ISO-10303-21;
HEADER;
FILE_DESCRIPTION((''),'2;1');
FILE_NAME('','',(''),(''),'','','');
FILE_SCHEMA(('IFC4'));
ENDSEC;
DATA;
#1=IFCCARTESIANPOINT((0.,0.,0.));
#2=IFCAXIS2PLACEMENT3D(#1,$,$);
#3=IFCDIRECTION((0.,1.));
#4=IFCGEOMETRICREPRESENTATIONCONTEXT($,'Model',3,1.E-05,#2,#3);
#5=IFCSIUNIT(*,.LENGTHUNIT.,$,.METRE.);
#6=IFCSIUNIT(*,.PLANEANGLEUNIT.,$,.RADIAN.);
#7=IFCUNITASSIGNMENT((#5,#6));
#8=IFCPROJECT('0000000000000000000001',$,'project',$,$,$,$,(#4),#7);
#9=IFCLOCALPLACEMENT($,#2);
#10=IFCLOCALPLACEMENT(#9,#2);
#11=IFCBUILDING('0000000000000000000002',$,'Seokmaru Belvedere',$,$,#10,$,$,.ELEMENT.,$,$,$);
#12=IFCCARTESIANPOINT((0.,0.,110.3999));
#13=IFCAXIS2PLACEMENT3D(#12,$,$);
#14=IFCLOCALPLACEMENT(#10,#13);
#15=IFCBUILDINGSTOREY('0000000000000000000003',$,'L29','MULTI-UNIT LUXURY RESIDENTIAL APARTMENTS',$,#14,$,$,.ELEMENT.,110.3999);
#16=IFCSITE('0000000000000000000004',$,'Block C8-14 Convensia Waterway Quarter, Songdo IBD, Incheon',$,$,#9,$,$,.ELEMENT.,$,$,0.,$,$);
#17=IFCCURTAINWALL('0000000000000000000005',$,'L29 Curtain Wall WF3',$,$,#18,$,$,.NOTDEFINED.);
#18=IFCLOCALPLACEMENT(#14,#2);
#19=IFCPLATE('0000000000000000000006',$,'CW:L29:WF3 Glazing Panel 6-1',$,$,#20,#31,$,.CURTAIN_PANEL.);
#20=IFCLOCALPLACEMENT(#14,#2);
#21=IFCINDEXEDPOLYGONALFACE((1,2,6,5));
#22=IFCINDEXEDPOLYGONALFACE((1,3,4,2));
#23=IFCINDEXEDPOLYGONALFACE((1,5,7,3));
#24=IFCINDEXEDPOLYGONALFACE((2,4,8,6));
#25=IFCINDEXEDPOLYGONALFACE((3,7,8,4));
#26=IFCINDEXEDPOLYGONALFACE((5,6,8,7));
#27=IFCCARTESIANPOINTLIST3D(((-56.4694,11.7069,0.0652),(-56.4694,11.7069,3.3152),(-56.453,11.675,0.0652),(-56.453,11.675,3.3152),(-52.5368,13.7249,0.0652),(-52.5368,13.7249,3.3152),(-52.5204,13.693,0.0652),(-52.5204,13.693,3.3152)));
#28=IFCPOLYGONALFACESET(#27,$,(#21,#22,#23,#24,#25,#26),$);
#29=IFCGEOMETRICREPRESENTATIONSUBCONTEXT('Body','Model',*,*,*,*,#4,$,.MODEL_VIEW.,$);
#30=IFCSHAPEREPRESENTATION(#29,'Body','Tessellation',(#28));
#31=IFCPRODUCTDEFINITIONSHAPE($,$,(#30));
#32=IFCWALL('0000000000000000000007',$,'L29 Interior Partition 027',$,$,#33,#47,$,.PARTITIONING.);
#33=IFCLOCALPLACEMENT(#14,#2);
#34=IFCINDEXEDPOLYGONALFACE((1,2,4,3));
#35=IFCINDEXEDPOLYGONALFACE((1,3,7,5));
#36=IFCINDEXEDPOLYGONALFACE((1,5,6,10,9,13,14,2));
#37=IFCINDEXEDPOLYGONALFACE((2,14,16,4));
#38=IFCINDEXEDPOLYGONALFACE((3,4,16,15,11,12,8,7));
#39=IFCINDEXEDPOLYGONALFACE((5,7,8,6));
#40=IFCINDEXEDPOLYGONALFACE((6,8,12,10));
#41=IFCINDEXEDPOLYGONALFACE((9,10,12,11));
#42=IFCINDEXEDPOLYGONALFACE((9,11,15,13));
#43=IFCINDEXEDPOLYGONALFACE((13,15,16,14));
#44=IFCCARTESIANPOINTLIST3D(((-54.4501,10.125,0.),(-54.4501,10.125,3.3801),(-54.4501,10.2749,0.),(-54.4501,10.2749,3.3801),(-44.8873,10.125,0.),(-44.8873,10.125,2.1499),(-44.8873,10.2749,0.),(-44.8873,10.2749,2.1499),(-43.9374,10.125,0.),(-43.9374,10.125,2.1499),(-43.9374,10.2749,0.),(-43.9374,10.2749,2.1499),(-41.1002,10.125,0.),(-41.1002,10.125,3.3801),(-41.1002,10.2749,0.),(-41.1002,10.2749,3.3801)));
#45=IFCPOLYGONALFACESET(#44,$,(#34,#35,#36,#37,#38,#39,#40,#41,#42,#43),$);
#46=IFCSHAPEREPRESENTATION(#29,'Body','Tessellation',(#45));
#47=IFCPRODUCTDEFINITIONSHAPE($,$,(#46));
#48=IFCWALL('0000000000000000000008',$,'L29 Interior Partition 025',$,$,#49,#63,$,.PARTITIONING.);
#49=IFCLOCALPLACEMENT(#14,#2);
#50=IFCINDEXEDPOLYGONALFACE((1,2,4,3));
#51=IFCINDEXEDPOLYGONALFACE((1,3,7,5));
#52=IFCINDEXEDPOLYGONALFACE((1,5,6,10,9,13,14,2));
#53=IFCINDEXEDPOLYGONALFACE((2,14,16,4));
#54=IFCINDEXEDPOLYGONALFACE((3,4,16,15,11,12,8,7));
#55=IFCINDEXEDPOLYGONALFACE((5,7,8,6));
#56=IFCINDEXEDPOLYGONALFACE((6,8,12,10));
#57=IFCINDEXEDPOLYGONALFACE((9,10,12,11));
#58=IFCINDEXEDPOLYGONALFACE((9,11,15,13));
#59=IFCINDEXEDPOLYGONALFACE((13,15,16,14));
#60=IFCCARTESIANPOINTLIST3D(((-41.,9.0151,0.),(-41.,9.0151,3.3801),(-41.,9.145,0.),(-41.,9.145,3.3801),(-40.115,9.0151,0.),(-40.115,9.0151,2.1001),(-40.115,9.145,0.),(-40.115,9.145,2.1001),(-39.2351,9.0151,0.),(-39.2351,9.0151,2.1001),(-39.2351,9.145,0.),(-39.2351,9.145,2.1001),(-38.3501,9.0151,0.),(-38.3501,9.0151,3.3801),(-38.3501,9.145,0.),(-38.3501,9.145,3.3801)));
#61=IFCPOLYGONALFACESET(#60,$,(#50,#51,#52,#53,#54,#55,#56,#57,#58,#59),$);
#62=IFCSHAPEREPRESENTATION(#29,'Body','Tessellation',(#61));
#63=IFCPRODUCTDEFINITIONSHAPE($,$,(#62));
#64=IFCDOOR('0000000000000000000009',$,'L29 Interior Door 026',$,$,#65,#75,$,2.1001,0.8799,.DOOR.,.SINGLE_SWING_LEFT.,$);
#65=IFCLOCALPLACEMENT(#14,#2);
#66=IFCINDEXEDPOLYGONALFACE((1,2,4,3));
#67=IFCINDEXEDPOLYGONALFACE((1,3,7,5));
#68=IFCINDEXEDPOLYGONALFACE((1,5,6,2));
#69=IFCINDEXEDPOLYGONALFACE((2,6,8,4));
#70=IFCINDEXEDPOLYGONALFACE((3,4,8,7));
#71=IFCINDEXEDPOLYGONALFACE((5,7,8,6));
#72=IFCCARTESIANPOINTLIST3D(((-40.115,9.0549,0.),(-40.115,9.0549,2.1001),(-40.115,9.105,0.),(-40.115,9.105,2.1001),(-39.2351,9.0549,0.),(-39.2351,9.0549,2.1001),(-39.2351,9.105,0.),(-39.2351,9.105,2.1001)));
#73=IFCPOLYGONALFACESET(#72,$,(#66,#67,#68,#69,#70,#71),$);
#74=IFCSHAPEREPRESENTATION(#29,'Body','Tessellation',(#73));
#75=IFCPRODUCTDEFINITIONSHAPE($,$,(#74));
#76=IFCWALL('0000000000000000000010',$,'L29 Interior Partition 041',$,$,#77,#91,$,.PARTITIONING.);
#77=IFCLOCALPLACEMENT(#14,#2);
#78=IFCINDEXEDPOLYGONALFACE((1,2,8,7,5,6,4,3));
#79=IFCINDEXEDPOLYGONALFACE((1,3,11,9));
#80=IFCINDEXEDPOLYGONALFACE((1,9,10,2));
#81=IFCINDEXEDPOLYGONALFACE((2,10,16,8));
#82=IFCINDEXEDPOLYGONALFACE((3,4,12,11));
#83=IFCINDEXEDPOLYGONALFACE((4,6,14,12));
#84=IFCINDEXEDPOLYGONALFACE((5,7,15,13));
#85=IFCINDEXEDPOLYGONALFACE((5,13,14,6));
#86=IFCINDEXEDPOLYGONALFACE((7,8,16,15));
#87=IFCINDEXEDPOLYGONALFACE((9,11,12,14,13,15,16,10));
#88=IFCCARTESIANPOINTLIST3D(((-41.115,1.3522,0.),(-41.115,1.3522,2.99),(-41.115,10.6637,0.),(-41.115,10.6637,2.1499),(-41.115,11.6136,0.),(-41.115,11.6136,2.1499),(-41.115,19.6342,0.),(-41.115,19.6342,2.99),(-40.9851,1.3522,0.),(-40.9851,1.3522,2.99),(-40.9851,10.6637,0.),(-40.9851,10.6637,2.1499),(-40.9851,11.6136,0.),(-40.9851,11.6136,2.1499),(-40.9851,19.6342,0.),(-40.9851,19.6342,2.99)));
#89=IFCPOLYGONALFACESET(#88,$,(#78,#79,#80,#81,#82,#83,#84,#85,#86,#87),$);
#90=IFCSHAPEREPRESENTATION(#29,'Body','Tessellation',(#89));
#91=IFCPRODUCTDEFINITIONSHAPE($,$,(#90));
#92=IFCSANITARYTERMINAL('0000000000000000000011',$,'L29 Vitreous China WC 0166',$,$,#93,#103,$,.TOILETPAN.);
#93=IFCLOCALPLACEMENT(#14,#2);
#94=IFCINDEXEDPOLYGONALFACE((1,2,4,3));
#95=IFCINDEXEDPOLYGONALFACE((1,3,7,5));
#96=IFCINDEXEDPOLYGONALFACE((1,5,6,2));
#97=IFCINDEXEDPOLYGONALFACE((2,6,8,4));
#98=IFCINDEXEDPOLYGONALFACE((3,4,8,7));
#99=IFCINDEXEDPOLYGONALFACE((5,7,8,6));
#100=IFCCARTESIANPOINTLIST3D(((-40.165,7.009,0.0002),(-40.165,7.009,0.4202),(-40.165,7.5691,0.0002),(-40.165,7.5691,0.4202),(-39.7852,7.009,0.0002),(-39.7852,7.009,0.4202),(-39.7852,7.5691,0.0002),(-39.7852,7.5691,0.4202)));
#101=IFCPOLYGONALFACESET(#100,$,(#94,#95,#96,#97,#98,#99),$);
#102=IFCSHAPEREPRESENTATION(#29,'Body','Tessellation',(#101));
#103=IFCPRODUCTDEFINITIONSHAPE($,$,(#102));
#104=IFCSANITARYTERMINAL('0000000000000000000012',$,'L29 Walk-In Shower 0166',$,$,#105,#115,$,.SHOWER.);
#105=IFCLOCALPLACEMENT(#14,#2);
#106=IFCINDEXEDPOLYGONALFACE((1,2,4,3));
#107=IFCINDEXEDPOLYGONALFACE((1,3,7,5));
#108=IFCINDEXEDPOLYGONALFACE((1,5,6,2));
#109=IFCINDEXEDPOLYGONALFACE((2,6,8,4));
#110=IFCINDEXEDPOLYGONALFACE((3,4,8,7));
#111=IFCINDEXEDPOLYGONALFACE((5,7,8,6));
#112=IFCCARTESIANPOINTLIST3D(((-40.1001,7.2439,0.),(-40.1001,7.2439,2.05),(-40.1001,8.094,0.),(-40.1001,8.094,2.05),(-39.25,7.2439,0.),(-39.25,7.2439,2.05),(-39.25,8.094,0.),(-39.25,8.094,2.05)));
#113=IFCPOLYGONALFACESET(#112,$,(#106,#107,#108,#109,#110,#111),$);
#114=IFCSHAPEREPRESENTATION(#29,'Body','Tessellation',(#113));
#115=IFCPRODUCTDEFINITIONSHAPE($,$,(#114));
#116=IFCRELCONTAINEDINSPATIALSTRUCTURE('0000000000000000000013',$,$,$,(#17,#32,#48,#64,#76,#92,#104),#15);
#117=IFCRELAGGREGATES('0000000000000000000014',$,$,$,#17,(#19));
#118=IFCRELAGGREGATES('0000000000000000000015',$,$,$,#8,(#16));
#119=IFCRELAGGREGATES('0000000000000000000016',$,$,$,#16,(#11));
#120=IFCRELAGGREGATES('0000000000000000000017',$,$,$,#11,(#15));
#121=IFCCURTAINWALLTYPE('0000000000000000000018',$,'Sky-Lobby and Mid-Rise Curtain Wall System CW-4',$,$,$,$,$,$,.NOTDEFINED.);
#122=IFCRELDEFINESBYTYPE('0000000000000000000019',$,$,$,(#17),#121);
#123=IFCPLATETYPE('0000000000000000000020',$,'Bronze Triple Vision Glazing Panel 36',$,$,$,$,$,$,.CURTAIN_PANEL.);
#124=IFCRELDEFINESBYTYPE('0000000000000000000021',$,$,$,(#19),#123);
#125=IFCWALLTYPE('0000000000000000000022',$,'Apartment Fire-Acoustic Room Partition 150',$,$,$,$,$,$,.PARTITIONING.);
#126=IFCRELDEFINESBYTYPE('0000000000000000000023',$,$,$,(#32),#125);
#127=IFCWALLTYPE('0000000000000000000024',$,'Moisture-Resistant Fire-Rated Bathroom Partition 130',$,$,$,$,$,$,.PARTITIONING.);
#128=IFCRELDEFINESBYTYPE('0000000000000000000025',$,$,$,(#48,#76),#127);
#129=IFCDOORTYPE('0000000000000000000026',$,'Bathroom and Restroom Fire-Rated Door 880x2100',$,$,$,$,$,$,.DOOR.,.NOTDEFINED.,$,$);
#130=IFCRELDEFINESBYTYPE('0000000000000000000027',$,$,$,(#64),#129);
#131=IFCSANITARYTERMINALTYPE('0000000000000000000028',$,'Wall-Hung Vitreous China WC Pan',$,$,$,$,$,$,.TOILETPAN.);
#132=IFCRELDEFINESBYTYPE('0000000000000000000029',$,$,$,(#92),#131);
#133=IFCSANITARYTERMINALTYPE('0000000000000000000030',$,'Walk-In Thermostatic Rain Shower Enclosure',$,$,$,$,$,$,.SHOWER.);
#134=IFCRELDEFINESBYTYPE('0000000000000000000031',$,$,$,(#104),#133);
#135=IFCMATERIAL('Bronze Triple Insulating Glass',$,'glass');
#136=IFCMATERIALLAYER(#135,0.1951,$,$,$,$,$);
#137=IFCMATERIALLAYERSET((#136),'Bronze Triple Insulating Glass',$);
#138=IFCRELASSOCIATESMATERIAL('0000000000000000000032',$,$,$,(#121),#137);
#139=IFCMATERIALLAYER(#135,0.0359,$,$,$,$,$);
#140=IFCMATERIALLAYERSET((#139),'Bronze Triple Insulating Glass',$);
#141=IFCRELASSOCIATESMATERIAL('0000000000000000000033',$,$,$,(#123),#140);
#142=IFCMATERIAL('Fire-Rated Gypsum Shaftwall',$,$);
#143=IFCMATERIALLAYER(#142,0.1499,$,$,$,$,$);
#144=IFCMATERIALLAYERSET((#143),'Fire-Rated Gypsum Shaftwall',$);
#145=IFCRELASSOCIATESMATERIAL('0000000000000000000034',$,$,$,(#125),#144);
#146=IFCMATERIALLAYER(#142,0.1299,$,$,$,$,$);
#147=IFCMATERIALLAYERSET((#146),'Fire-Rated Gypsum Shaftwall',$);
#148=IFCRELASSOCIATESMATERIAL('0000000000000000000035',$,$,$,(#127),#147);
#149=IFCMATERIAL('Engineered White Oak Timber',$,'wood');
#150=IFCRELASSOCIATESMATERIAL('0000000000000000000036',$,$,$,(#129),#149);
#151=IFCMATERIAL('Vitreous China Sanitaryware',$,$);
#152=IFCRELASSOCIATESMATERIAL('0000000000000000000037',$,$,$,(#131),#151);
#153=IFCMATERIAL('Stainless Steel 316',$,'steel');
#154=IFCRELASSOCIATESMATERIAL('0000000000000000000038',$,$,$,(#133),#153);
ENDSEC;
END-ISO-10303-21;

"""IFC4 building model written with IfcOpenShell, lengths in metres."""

from ifc_helpers import new_model, si_unit, direction, frame, frame_2d, origin, origin_2d, place, context, subcontext, project, spatial, rectangle, extrude, source, transform, mapped, material, layer, layer_set, type_object, type_shapes, element, fill, aggregate, save


model = new_model("IFC4")

# Units and contexts
model_context = context("Model", 3, precision=1e-05, world=origin(), true_north=direction((0.0, 1.0)))
body_context = subcontext(model_context, "Body", "Model", "MODEL_VIEW")
ifc_project = project(units=[si_unit("LENGTHUNIT", "METRE"), si_unit("PLANEANGLEUNIT", "RADIAN")], contexts=[model_context])

# Site, building, storey
site_placement = place(None, origin())
site = spatial("IfcSite", under=ifc_project, at=site_placement, Name="Block C8-14 Convensia Waterway Quarter, Songdo IBD, Incheon", CompositionType="ELEMENT", RefElevation=0.0)
building_placement = place(site_placement, origin())
building = spatial("IfcBuilding", under=site, at=building_placement, Name="Seokmaru Belvedere", CompositionType="ELEMENT")
storey_placement = place(building_placement, frame((0.0, 0.0, 110.3999)))
storey = spatial("IfcBuildingStorey", under=building, at=storey_placement, Name="L29", Description="MULTI-UNIT LUXURY RESIDENTIAL APARTMENTS", CompositionType="ELEMENT", Elevation=110.3999)

# Curtain wall, plate
ifc_material_1 = material(Name="Bronze Triple Insulating Glass", Category="glass")
ifc_layer_1 = layer(ifc_material_1, 0.1951)
ifc_layer_set_1 = layer_set([ifc_layer_1], Name="Bronze Triple Insulating Glass")
curtain_wall_type = type_object("IfcCurtainWallType", Name="Sky-Lobby and Mid-Rise Curtain Wall System CW-4", PredefinedType="NOTDEFINED", material=ifc_layer_set_1)
curtain_wall_placement = place(storey_placement, origin())
curtain_wall = element("IfcCurtainWall", 1, at=curtain_wall_placement, inside=storey, type_object=curtain_wall_type, Name="L29 Curtain Wall WF3", PredefinedType="NOTDEFINED")
ifc_layer_2 = layer(ifc_material_1, 0.0359)
ifc_layer_set_2 = layer_set([ifc_layer_2], Name="Bronze Triple Insulating Glass")
plate_type = type_object("IfcPlateType", Name="Bronze Triple Vision Glazing Panel 36", PredefinedType="CURTAIN_PANEL", material=ifc_layer_set_2)
shared_shape_1 = source(origin(), body_context, "Body", "SweptSolid", [
    extrude(rectangle(XDim=4.4202, YDim=0.0359, at=origin_2d()), origin(), (0.0, 0.0, 1.0), 3.25),
])
type_shapes(plate_type, [shared_shape_1])
plate_placement = place(storey_placement, frame((-54.4949, 12.7, 0.0652), z_axis=(0.0, 0.0, 1.0), x_axis=(-0.889695, -0.456555, 0.0)))
plate = element("IfcPlate", 2, at=plate_placement, type_object=plate_type, Name="CW:L29:WF3 Glazing Panel 6-1", PredefinedType="CURTAIN_PANEL", context=body_context, shape_type="MappedRepresentation", body=[
    mapped(shared_shape_1, transform((0.0, 0.0, 0.0), scale=1.0)),
])
aggregate(curtain_wall, [plate])

# Shared definitions
ifc_material_2 = material(Name="Fire-Rated Gypsum Shaftwall")
ifc_layer_3 = layer(ifc_material_2, 0.1499)
ifc_layer_set_3 = layer_set([ifc_layer_3], Name="Fire-Rated Gypsum Shaftwall")
wall_type_1 = type_object("IfcWallType", Name="Apartment Fire-Acoustic Room Partition 150", PredefinedType="PARTITIONING", material=ifc_layer_set_3)
ifc_material_3 = material(Name="Engineered White Oak Timber", Category="wood")

# Wall, opening
wall_1_placement = place(storey_placement, frame((-54.45, 10.2, 0.0), z_axis=(0.0, 0.0, 1.0), x_axis=(1.0, 0.0, 0.0)))
wall_1 = element("IfcWall", 3, at=wall_1_placement, inside=storey, type_object=wall_type_1, Name="L29 Interior Partition 027", PredefinedType="PARTITIONING", context=body_context, shape_type="SweptSolid", body=[
    extrude(rectangle(XDim=13.3499, YDim=0.1499, at=frame_2d((6.6748, 0.0))), origin(), (0.0, 0.0, 1.0), 3.3801),
])
opening_1_placement = place(wall_1_placement, frame((9.5625, 0.0, 0.0)))
element("IfcOpeningElement", 4, at=opening_1_placement, cuts=wall_1, PredefinedType="OPENING", context=body_context, shape_type="SweptSolid", body=[
    extrude(rectangle(XDim=0.95, YDim=2.1499, at=frame_2d((0.4751, 1.075))), frame((0.0, 0.085, 0.0), z_axis=(0.0, -1.0, 0.0), x_axis=(1.0, 0.0, 0.0)), (0.0, 0.0, 1.0), 0.1699),
])

# Wall, opening, door
ifc_layer_4 = layer(ifc_material_2, 0.1299)
ifc_layer_set_4 = layer_set([ifc_layer_4], Name="Fire-Rated Gypsum Shaftwall")
wall_type_2 = type_object("IfcWallType", Name="Moisture-Resistant Fire-Rated Bathroom Partition 130", PredefinedType="PARTITIONING", material=ifc_layer_set_4)
wall_2_placement = place(storey_placement, frame((-41.0, 9.0801, 0.0), z_axis=(0.0, 0.0, 1.0), x_axis=(1.0, 0.0, 0.0)))
wall_2 = element("IfcWall", 5, at=wall_2_placement, inside=storey, type_object=wall_type_2, Name="L29 Interior Partition 025", PredefinedType="PARTITIONING", context=body_context, shape_type="SweptSolid", body=[
    extrude(rectangle(XDim=2.6499, YDim=0.1299, at=frame_2d((1.325, 0.0))), origin(), (0.0, 0.0, 1.0), 3.3801),
])
opening_2_placement = place(wall_2_placement, frame((0.885, 0.0, 0.0)))
opening_2 = element("IfcOpeningElement", 6, at=opening_2_placement, cuts=wall_2, PredefinedType="OPENING", context=body_context, shape_type="SweptSolid", body=[
    extrude(rectangle(XDim=0.8799, YDim=2.1001, at=frame_2d((0.4399, 1.05))), frame((0.0, 0.075, 0.0), z_axis=(0.0, -1.0, 0.0), x_axis=(1.0, 0.0, 0.0)), (0.0, 0.0, 1.0), 0.1499),
])
door_type_1 = type_object("IfcDoorType", Name="Bathroom and Restroom Fire-Rated Door 880x2100", OperationType="NOTDEFINED", PredefinedType="DOOR", material=ifc_material_3)
shared_shape_2 = source(origin(), body_context, "Body", "SweptSolid", [
    extrude(rectangle(XDim=0.8799, YDim=2.1001, at=frame_2d((0.4399, 1.05))), frame((0.0, 0.0249, 0.0), z_axis=(0.0, -1.0, 0.0), x_axis=(1.0, 0.0, 0.0)), (0.0, 0.0, 1.0), 0.05),
])
type_shapes(door_type_1, [shared_shape_2])
door_1_placement = place(opening_2_placement, origin())
door_1 = element("IfcDoor", 7, at=door_1_placement, inside=storey, type_object=door_type_1, Name="L29 Interior Door 026", OperationType="SINGLE_SWING_LEFT", OverallHeight=2.1001, OverallWidth=0.8799, PredefinedType="DOOR", context=body_context, shape_type="MappedRepresentation", body=[
    mapped(shared_shape_2, transform((0.0, 0.0, 0.0), scale=1.0)),
])
fill(opening_2, door_1)

# Wall, opening
wall_3_placement = place(storey_placement, frame((-41.05, 1.3521, 0.0), z_axis=(0.0, 0.0, 1.0), x_axis=(0.0, 1.0, 0.0)))
wall_3 = element("IfcWall", 8, at=wall_3_placement, inside=storey, type_object=wall_type_2, Name="L29 Interior Partition 041", PredefinedType="PARTITIONING", context=body_context, shape_type="SweptSolid", body=[
    extrude(rectangle(XDim=18.282, YDim=0.1299, at=frame_2d((9.1411, 0.0))), origin(), (0.0, 0.0, 1.0), 2.99),
])
opening_3_placement = place(wall_3_placement, frame((9.3115, 0.0, 0.0)))
element("IfcOpeningElement", 9, at=opening_3_placement, cuts=wall_3, PredefinedType="OPENING", context=body_context, shape_type="SweptSolid", body=[
    extrude(rectangle(XDim=0.95, YDim=2.1499, at=frame_2d((0.4751, 1.075))), frame((0.0, 0.075, 0.0), z_axis=(0.0, -1.0, 0.0), x_axis=(1.0, 0.0, 0.0)), (0.0, 0.0, 1.0), 0.1499),
])

# Sanitary terminals
ifc_material_4 = material(Name="Vitreous China Sanitaryware")
sanitary_terminal_type_1 = type_object("IfcSanitaryTerminalType", Name="Wall-Hung Vitreous China WC Pan", PredefinedType="TOILETPAN", material=ifc_material_4)
shared_shape_3 = source(origin(), body_context, "Body", "SweptSolid", [
    extrude(rectangle(XDim=0.3799, YDim=0.5601, at=origin_2d()), origin(), (0.0, 0.0, 1.0), 0.4199),
])
type_shapes(sanitary_terminal_type_1, [shared_shape_3])
sanitary_terminal_1_placement = place(storey_placement, frame((-39.9751, 7.2891, 0.0002), z_axis=(0.0, 0.0, 1.0), x_axis=(1.0, 0.0, 0.0)))
element("IfcSanitaryTerminal", 10, at=sanitary_terminal_1_placement, inside=storey, type_object=sanitary_terminal_type_1, Name="L29 Vitreous China WC 0166", PredefinedType="TOILETPAN", context=body_context, shape_type="MappedRepresentation", body=[
    mapped(shared_shape_3, transform((0.0, 0.0, 0.0), scale=1.0)),
])
ifc_material_5 = material(Name="Stainless Steel 316", Category="steel")
sanitary_terminal_type_2 = type_object("IfcSanitaryTerminalType", Name="Walk-In Thermostatic Rain Shower Enclosure", PredefinedType="SHOWER", material=ifc_material_5)
shared_shape_4 = source(origin(), body_context, "Body", "SweptSolid", [
    extrude(rectangle(XDim=0.8501, YDim=0.8501, at=origin_2d()), origin(), (0.0, 0.0, 1.0), 2.05),
])
type_shapes(sanitary_terminal_type_2, [shared_shape_4])
sanitary_terminal_2_placement = place(storey_placement, frame((-39.675, 7.6689, 0.0), z_axis=(0.0, 0.0, 1.0), x_axis=(1.0, 0.0, 0.0)))
element("IfcSanitaryTerminal", 11, at=sanitary_terminal_2_placement, inside=storey, type_object=sanitary_terminal_type_2, Name="L29 Walk-In Shower 0166", PredefinedType="SHOWER", context=body_context, shape_type="MappedRepresentation", body=[
    mapped(shared_shape_4, transform((0.0, 0.0, 0.0), scale=1.0)),
])

save(model, "model.ifc")
